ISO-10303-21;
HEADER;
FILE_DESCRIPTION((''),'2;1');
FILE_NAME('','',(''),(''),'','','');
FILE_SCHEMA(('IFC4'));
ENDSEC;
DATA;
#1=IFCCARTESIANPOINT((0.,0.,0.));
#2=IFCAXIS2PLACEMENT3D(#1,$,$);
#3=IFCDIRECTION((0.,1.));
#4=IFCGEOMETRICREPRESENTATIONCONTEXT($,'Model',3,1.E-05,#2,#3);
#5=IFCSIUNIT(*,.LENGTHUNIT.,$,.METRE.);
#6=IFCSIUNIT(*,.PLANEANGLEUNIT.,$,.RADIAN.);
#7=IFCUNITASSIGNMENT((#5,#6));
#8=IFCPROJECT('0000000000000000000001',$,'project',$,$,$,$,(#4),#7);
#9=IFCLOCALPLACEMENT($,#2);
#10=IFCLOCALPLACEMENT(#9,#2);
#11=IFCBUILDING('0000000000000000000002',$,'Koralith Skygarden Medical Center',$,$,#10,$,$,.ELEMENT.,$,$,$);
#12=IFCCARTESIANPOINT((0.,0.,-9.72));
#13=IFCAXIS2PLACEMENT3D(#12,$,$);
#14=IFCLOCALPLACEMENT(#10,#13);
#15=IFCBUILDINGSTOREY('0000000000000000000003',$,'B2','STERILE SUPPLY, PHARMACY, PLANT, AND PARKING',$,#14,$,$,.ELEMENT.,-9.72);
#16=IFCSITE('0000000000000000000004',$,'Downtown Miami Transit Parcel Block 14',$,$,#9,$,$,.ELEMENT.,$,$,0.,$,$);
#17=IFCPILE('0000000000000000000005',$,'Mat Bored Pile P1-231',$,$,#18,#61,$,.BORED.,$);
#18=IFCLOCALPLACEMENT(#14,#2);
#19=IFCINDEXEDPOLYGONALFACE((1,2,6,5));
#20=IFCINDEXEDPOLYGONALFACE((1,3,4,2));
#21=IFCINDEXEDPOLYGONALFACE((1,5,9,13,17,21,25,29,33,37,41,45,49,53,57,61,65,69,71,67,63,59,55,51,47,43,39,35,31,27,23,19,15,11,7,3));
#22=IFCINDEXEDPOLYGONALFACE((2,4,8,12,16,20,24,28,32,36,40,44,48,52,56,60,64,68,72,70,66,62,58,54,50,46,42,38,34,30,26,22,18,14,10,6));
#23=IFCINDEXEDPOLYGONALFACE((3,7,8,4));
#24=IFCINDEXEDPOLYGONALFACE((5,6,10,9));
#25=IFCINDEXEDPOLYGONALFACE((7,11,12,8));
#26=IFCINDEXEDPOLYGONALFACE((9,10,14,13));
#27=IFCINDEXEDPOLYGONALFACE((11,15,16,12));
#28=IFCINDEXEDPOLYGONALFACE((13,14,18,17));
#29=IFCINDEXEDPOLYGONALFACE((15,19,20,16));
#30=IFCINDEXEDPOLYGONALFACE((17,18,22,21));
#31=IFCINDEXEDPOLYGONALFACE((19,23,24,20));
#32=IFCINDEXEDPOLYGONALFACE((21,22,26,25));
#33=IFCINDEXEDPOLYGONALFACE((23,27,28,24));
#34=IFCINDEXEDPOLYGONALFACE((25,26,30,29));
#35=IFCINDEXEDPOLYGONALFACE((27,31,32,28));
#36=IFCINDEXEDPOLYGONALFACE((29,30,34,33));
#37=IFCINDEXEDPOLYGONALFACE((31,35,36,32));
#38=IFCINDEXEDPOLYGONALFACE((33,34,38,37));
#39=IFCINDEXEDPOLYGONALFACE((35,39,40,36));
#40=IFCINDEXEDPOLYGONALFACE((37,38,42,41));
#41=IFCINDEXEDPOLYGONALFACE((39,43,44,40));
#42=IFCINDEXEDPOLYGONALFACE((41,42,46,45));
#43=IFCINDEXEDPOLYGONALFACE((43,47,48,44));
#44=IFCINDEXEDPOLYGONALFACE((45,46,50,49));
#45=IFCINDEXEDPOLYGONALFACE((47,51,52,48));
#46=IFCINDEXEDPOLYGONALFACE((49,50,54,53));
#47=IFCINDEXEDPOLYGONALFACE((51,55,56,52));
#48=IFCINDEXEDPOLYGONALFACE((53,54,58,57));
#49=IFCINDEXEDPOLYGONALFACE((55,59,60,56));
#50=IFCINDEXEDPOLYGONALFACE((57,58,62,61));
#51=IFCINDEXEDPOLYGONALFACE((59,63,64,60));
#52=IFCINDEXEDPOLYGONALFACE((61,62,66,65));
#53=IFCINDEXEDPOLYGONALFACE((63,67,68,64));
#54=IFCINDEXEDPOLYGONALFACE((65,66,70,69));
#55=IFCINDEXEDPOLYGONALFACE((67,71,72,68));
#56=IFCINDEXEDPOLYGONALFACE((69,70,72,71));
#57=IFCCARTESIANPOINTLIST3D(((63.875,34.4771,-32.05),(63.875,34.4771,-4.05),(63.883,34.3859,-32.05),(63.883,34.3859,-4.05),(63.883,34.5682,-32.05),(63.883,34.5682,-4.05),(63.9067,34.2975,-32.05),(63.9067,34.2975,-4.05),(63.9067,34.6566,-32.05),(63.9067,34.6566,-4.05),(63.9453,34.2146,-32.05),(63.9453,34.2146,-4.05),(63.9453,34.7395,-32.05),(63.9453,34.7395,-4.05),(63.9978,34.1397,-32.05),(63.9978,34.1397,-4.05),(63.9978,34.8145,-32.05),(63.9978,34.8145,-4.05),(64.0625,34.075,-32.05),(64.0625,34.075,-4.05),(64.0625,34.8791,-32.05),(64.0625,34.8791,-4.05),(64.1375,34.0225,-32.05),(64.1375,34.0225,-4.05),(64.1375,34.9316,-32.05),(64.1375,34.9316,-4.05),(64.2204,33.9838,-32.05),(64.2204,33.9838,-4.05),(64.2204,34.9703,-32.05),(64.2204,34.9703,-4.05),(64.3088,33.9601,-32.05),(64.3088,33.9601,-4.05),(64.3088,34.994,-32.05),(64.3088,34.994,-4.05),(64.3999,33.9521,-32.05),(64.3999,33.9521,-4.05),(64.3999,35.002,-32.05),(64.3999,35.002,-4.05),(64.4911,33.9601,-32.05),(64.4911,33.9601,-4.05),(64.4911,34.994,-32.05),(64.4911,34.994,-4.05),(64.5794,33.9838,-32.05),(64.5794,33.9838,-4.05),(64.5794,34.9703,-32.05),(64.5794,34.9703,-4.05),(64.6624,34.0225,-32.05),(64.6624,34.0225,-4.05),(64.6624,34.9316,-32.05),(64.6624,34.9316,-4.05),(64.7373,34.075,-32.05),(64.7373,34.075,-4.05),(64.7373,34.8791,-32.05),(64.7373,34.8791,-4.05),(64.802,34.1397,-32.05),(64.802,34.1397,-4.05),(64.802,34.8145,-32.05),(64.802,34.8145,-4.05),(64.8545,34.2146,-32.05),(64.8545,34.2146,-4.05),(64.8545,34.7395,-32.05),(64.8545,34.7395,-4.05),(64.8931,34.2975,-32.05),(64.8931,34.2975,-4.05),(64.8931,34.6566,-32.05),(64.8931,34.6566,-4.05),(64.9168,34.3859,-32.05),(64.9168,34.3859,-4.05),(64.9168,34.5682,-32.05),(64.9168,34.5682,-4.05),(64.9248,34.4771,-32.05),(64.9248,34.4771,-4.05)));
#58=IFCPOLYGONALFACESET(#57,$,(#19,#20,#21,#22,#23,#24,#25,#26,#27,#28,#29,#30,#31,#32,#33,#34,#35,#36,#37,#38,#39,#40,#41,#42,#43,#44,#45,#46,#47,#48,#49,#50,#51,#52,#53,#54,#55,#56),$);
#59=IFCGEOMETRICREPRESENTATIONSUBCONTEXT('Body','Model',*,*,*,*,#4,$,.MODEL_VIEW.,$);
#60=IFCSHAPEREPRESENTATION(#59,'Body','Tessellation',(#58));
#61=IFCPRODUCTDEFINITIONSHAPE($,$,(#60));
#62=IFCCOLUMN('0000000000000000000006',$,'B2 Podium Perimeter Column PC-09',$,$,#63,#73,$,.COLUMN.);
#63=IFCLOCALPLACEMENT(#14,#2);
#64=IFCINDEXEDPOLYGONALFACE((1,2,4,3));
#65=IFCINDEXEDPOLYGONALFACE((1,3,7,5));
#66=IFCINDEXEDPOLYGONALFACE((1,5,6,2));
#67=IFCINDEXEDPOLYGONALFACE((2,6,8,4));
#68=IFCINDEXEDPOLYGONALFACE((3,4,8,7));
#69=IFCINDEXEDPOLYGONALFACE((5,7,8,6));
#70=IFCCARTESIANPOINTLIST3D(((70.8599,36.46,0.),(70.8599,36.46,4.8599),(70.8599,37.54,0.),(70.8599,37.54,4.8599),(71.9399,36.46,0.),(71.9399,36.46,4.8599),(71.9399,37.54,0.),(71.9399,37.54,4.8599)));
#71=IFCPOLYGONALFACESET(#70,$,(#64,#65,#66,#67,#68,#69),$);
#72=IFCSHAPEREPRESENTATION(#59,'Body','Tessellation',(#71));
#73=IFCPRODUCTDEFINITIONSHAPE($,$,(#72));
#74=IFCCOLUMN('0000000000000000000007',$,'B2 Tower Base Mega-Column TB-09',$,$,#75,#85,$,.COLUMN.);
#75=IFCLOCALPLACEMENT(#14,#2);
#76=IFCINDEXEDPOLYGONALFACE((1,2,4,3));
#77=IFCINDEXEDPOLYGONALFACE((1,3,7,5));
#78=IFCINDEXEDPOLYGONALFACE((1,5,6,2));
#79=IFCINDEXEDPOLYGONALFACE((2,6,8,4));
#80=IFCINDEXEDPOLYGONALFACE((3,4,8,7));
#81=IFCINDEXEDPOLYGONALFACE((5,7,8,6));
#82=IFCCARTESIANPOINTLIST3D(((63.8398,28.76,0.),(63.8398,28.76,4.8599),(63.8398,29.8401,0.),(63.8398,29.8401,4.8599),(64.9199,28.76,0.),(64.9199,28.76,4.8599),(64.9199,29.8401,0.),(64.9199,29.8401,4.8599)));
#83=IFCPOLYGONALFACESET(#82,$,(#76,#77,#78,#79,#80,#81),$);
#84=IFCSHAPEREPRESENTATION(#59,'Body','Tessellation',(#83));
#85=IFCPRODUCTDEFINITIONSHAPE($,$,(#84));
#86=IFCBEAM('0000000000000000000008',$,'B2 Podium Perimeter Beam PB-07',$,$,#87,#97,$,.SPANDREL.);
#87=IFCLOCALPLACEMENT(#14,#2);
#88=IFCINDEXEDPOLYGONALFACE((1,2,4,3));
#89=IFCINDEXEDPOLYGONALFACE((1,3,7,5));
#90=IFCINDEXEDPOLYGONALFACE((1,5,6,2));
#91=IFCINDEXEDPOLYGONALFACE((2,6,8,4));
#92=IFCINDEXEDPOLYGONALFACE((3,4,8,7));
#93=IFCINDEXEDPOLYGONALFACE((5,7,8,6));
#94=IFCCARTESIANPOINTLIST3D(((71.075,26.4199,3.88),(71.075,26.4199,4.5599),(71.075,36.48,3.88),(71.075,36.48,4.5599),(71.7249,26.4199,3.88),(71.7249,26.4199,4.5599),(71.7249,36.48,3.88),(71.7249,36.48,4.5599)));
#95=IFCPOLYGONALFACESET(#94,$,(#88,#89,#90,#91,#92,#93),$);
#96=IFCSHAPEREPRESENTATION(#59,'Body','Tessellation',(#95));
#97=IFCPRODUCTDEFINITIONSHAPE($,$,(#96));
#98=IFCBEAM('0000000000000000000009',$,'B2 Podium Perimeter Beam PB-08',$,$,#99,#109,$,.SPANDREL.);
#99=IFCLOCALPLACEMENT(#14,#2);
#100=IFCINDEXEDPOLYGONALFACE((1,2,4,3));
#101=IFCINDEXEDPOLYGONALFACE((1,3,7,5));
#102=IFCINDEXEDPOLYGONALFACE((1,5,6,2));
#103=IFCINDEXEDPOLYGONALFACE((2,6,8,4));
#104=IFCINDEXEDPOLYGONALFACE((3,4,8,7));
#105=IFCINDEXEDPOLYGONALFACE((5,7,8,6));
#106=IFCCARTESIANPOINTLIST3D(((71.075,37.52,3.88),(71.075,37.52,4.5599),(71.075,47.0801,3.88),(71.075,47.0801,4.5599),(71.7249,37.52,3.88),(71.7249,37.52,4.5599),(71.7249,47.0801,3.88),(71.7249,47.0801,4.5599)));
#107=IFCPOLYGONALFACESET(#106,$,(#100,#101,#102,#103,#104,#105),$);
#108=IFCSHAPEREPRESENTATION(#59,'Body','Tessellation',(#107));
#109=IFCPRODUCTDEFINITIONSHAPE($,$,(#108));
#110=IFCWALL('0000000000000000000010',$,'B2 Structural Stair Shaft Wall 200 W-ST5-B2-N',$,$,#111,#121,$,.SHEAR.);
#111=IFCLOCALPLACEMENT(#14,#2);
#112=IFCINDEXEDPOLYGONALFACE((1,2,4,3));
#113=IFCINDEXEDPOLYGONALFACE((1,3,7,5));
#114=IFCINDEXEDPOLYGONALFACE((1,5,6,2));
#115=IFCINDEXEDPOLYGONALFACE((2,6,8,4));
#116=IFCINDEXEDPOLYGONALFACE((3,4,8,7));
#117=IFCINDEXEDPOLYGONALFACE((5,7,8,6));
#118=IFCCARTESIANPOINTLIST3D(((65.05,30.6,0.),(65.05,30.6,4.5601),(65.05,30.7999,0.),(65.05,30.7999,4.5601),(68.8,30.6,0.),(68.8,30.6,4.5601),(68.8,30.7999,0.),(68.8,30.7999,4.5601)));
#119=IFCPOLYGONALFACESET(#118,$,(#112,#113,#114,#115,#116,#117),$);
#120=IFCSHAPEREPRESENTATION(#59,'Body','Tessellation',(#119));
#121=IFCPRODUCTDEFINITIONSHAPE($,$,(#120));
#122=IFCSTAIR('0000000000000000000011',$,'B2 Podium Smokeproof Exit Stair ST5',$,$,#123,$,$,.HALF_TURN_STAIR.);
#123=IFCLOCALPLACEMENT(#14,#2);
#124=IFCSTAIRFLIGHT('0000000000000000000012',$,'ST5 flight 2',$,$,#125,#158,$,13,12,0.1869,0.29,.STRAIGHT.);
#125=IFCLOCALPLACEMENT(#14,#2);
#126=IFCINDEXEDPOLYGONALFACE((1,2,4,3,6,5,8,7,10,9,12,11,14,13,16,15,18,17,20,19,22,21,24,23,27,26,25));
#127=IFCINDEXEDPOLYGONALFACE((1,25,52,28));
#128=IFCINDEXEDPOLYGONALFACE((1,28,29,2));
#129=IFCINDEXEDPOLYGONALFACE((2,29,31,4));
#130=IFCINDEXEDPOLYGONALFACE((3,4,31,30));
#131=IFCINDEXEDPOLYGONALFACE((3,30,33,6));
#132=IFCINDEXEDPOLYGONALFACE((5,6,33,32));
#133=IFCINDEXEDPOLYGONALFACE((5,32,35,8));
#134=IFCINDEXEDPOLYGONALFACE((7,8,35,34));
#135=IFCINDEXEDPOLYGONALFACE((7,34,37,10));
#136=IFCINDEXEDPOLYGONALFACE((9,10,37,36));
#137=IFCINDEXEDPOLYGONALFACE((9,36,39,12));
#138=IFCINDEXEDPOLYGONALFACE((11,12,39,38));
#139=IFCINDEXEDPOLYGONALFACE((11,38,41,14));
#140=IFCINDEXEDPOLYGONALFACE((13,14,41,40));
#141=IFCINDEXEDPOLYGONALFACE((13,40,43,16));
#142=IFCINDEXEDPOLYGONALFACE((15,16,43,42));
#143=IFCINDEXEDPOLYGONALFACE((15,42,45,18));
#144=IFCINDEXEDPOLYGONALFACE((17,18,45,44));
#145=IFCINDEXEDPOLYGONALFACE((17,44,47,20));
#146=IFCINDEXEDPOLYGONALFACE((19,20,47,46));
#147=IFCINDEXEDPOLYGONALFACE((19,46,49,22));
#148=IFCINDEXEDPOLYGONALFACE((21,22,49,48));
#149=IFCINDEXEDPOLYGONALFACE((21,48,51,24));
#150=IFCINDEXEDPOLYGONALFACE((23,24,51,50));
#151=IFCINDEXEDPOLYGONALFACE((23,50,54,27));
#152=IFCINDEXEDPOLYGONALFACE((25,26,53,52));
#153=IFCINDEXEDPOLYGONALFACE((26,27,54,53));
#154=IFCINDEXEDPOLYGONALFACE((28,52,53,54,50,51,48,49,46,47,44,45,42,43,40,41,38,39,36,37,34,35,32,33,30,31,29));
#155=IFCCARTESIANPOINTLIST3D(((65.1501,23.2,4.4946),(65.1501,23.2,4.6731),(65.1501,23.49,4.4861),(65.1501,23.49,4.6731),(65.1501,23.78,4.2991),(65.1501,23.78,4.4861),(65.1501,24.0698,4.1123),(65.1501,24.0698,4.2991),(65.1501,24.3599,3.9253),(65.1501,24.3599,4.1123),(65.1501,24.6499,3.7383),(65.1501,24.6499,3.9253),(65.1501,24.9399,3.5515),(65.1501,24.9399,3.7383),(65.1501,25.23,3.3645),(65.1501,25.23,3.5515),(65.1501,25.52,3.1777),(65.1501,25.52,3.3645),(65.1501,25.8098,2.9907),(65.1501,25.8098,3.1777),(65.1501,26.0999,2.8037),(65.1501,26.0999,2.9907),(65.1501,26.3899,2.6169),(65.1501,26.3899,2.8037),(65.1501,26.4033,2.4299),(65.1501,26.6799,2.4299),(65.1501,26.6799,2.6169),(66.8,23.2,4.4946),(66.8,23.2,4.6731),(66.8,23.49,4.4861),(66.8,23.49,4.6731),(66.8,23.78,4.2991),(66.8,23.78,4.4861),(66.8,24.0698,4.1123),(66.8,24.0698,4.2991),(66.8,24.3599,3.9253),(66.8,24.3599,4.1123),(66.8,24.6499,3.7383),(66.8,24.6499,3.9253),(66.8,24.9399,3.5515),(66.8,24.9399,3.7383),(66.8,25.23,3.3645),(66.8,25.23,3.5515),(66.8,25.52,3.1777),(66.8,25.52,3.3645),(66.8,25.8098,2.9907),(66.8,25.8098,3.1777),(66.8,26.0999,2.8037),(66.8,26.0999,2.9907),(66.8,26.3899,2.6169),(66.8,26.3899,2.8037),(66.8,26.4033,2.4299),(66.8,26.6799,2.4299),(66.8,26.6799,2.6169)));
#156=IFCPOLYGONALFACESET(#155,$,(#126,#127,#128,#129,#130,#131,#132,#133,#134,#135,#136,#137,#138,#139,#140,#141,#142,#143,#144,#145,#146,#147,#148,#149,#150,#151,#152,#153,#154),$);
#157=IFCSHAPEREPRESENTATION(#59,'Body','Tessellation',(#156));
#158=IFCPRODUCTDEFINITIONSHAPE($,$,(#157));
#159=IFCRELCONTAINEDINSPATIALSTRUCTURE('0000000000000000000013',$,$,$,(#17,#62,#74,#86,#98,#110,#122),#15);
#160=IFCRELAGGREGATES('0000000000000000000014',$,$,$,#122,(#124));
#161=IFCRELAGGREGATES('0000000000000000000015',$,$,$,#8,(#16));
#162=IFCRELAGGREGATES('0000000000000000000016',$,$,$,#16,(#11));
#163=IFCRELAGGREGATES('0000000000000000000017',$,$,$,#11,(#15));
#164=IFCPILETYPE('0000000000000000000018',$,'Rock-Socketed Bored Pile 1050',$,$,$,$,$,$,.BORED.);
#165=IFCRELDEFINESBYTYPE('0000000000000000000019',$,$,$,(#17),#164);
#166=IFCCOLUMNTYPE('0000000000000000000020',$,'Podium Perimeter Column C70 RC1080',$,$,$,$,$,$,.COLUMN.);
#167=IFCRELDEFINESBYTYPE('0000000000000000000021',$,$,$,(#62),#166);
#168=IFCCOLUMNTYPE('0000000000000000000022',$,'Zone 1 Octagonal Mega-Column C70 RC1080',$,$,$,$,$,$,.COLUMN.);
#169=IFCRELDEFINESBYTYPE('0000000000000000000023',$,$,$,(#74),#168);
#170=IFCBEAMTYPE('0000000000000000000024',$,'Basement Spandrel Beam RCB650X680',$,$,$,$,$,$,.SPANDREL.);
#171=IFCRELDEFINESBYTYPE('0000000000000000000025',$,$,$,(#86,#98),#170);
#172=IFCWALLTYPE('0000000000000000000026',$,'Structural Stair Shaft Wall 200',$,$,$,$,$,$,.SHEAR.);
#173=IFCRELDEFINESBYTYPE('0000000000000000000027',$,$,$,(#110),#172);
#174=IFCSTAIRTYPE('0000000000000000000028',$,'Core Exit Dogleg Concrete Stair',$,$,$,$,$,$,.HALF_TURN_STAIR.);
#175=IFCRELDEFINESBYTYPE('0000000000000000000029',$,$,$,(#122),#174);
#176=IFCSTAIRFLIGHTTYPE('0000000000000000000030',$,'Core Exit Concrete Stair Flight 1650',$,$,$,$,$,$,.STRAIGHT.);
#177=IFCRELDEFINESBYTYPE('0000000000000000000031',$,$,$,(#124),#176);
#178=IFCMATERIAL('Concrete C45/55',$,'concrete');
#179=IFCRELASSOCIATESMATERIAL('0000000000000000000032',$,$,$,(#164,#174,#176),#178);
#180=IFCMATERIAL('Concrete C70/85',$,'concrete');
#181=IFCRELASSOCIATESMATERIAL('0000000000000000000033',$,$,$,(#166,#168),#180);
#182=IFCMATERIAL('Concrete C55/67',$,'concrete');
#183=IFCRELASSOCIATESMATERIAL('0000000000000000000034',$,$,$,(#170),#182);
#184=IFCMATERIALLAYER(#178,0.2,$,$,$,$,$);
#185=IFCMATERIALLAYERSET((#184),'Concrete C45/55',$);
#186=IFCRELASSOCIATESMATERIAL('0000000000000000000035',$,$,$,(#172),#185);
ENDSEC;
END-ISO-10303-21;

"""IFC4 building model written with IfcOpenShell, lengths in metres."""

from ifc_helpers import new_model, si_unit, direction, frame, frame_2d, origin, origin_2d, place, context, subcontext, project, spatial, polyline, rectangle, circle, outline, extrude, material, layer, layer_set, material_profile, profile_set, type_object, element, aggregate, save


model = new_model("IFC4")

# Units and contexts
model_context = context("Model", 3, precision=1e-05, world=origin(), true_north=direction((0.0, 1.0)))
body_context = subcontext(model_context, "Body", "Model", "MODEL_VIEW")
ifc_project = project(units=[si_unit("LENGTHUNIT", "METRE"), si_unit("PLANEANGLEUNIT", "RADIAN")], contexts=[model_context])

# Site, building, storey
site_placement = place(None, origin())
site = spatial("IfcSite", under=ifc_project, at=site_placement, Name="Downtown Miami Transit Parcel Block 14", CompositionType="ELEMENT", RefElevation=0.0)
building_placement = place(site_placement, origin())
building = spatial("IfcBuilding", under=site, at=building_placement, Name="Koralith Skygarden Medical Center", CompositionType="ELEMENT")
storey_placement = place(building_placement, frame((0.0, 0.0, -9.72)))
storey = spatial("IfcBuildingStorey", under=building, at=storey_placement, Name="B2", Description="STERILE SUPPLY, PHARMACY, PLANT, AND PARKING", CompositionType="ELEMENT", Elevation=-9.72)

# Shared definitions
ifc_material_1 = material(Name="Concrete C55/67", Category="concrete")

# Pile
ifc_material_2 = material(Name="Concrete C45/55", Category="concrete")
ifc_material_profile_1 = material_profile(ifc_material_2, circle(Radius=0.5249, at=origin_2d()), Name="PILE1050")
ifc_profile_set_1 = profile_set([ifc_material_profile_1], Name="Concrete C45/55")
pile_type = type_object("IfcPileType", Name="Rock-Socketed Bored Pile 1050", PredefinedType="BORED", material=ifc_profile_set_1)
for number, where, z_axis, x_axis, name in (
    (1, (64.3999, 34.4771, -4.05), (0.0, 0.0, -1.0), (1.0, 0.0, 0.0), "Mat Bored Pile P1-231"),
):
    element("IfcPile", number, at=place(storey_placement, frame(where, z_axis=z_axis, x_axis=x_axis)), inside=storey, type_object=pile_type, Name=name, PredefinedType="BORED", context=body_context, shape_type="SweptSolid", body=[
        extrude(circle(Radius=0.5249, at=origin_2d()), origin(), (0.0, 0.0, 1.0), 28.0),
    ])

# Columns
ifc_material_3 = material(Name="Concrete C70/85", Category="concrete")
ifc_material_profile_2 = material_profile(ifc_material_3, rectangle(XDim=1.0801, YDim=1.0801, at=origin_2d()), Name="RC1080X1080")
ifc_profile_set_2 = profile_set([ifc_material_profile_2], Name="Concrete C70/85")
column_type_1 = type_object("IfcColumnType", Name="Podium Perimeter Column C70 RC1080", PredefinedType="COLUMN", material=ifc_profile_set_2)
column_1_placement = place(storey_placement, frame((71.3999, 37.0, 0.0), z_axis=(0.0, 0.0, 1.0), x_axis=(1.0, 0.0, 0.0)))
element("IfcColumn", 2, at=column_1_placement, inside=storey, type_object=column_type_1, Name="B2 Podium Perimeter Column PC-09", PredefinedType="COLUMN", context=body_context, shape_type="SweptSolid", body=[
    extrude(rectangle(XDim=1.0801, YDim=1.0801, at=origin_2d()), origin(), (0.0, 0.0, 1.0), 4.8599),
])
ifc_material_profile_3 = material_profile(ifc_material_3, rectangle(XDim=1.0801, YDim=1.0801, at=origin_2d()), Name="RC1080X1080")
ifc_profile_set_3 = profile_set([ifc_material_profile_3], Name="Concrete C70/85")
column_type_2 = type_object("IfcColumnType", Name="Zone 1 Octagonal Mega-Column C70 RC1080", PredefinedType="COLUMN", material=ifc_profile_set_3)
column_2_placement = place(storey_placement, frame((64.3799, 29.3, 0.0), z_axis=(0.0, 0.0, 1.0), x_axis=(1.0, 0.0, 0.0)))
element("IfcColumn", 3, at=column_2_placement, inside=storey, type_object=column_type_2, Name="B2 Tower Base Mega-Column TB-09", PredefinedType="COLUMN", context=body_context, shape_type="SweptSolid", body=[
    extrude(rectangle(XDim=1.0801, YDim=1.0801, at=origin_2d()), origin(), (0.0, 0.0, 1.0), 4.8599),
])

# Beams
ifc_material_profile_4 = material_profile(ifc_material_1, rectangle(XDim=0.6499, YDim=0.6799, at=origin_2d()), Name="RCB650X680")
ifc_profile_set_4 = profile_set([ifc_material_profile_4], Name="Concrete C55/67")
beam_type = type_object("IfcBeamType", Name="Basement Spandrel Beam RCB650X680", PredefinedType="SPANDREL", material=ifc_profile_set_4)
beam_1_placement = place(storey_placement, frame((71.3999, 26.4199, 4.22), z_axis=(0.0, 1.0, 0.0), x_axis=(-1.0, 0.0, 0.0)))
element("IfcBeam", 4, at=beam_1_placement, inside=storey, type_object=beam_type, Name="B2 Podium Perimeter Beam PB-07", PredefinedType="SPANDREL", context=body_context, shape_type="SweptSolid", body=[
    extrude(rectangle(XDim=0.6499, YDim=0.6799, at=origin_2d()), origin(), (0.0, 0.0, 1.0), 10.0601),
])
beam_2_placement = place(storey_placement, frame((71.3999, 37.52, 4.22), z_axis=(0.0, 1.0, 0.0), x_axis=(-1.0, 0.0, 0.0)))
element("IfcBeam", 5, at=beam_2_placement, inside=storey, type_object=beam_type, Name="B2 Podium Perimeter Beam PB-08", PredefinedType="SPANDREL", context=body_context, shape_type="SweptSolid", body=[
    extrude(rectangle(XDim=0.6499, YDim=0.6799, at=origin_2d()), origin(), (0.0, 0.0, 1.0), 9.5601),
])

# Wall
ifc_layer = layer(ifc_material_2, 0.2)
ifc_layer_set = layer_set([ifc_layer], Name="Concrete C45/55")
wall_type = type_object("IfcWallType", Name="Structural Stair Shaft Wall 200", PredefinedType="SHEAR", material=ifc_layer_set)
wall_placement = place(storey_placement, frame((65.05, 30.7, 0.0), z_axis=(0.0, 0.0, 1.0), x_axis=(1.0, 0.0, 0.0)))
element("IfcWall", 6, at=wall_placement, inside=storey, type_object=wall_type, Name="B2 Structural Stair Shaft Wall 200 W-ST5-B2-N", PredefinedType="SHEAR", context=body_context, shape_type="SweptSolid", body=[
    extrude(rectangle(XDim=3.75, YDim=0.2, at=frame_2d((1.875, 0.0))), origin(), (0.0, 0.0, 1.0), 4.5601),
])

# Stair, stair flight
stair_type = type_object("IfcStairType", Name="Core Exit Dogleg Concrete Stair", PredefinedType="HALF_TURN_STAIR", material=ifc_material_2)
stair_placement = place(storey_placement, origin())
stair = element("IfcStair", 7, at=stair_placement, inside=storey, type_object=stair_type, Name="B2 Podium Smokeproof Exit Stair ST5", PredefinedType="HALF_TURN_STAIR")
stair_flight_type = type_object("IfcStairFlightType", Name="Core Exit Concrete Stair Flight 1650", PredefinedType="STRAIGHT", material=ifc_material_2)
stair_flight_placement = place(storey_placement, frame((65.9751, 26.6799, 2.4299), z_axis=(0.0, 0.0, 1.0), x_axis=(0.0, -1.0, 0.0)))
stair_flight = element("IfcStairFlight", 8, at=stair_flight_placement, type_object=stair_flight_type, Name="ST5 flight 2", NumberOfRisers=13, NumberOfTreads=12, PredefinedType="STRAIGHT", RiserHeight=0.1869, TreadLength=0.29, context=body_context, shape_type="SweptSolid", body=[
    extrude(outline(polyline([(0.0, 0.0), (0.0, 0.187), (0.29, 0.187), (0.29, 0.3738), (0.5801, 0.3738), (0.5801, 0.5608), (0.8701, 0.5608), (0.8701, 0.7478), (1.1599, 0.7478), (1.1599, 0.9346), (1.45, 0.9346), (1.45, 1.1216), (1.74, 1.1216), (1.74, 1.3083), (2.03, 1.3083), (2.03, 1.4954), (2.3201, 1.4954), (2.3201, 1.6824), (2.6101, 1.6824), (2.6101, 1.8691), (2.8999, 1.8691), (2.8999, 2.0562), (3.1899, 2.0562), (3.1899, 2.2432), (3.48, 2.2432), (3.48, 2.4299), (3.48, 2.0647), (0.2766, 0.0), (0.0, 0.0)])), frame((0.0, 0.825, 0.0), z_axis=(0.0, -1.0, 0.0), x_axis=(1.0, 0.0, 0.0)), (0.0, 0.0, 1.0), 1.6499),
])
aggregate(stair, [stair_flight])

save(model, "model.ifc")
